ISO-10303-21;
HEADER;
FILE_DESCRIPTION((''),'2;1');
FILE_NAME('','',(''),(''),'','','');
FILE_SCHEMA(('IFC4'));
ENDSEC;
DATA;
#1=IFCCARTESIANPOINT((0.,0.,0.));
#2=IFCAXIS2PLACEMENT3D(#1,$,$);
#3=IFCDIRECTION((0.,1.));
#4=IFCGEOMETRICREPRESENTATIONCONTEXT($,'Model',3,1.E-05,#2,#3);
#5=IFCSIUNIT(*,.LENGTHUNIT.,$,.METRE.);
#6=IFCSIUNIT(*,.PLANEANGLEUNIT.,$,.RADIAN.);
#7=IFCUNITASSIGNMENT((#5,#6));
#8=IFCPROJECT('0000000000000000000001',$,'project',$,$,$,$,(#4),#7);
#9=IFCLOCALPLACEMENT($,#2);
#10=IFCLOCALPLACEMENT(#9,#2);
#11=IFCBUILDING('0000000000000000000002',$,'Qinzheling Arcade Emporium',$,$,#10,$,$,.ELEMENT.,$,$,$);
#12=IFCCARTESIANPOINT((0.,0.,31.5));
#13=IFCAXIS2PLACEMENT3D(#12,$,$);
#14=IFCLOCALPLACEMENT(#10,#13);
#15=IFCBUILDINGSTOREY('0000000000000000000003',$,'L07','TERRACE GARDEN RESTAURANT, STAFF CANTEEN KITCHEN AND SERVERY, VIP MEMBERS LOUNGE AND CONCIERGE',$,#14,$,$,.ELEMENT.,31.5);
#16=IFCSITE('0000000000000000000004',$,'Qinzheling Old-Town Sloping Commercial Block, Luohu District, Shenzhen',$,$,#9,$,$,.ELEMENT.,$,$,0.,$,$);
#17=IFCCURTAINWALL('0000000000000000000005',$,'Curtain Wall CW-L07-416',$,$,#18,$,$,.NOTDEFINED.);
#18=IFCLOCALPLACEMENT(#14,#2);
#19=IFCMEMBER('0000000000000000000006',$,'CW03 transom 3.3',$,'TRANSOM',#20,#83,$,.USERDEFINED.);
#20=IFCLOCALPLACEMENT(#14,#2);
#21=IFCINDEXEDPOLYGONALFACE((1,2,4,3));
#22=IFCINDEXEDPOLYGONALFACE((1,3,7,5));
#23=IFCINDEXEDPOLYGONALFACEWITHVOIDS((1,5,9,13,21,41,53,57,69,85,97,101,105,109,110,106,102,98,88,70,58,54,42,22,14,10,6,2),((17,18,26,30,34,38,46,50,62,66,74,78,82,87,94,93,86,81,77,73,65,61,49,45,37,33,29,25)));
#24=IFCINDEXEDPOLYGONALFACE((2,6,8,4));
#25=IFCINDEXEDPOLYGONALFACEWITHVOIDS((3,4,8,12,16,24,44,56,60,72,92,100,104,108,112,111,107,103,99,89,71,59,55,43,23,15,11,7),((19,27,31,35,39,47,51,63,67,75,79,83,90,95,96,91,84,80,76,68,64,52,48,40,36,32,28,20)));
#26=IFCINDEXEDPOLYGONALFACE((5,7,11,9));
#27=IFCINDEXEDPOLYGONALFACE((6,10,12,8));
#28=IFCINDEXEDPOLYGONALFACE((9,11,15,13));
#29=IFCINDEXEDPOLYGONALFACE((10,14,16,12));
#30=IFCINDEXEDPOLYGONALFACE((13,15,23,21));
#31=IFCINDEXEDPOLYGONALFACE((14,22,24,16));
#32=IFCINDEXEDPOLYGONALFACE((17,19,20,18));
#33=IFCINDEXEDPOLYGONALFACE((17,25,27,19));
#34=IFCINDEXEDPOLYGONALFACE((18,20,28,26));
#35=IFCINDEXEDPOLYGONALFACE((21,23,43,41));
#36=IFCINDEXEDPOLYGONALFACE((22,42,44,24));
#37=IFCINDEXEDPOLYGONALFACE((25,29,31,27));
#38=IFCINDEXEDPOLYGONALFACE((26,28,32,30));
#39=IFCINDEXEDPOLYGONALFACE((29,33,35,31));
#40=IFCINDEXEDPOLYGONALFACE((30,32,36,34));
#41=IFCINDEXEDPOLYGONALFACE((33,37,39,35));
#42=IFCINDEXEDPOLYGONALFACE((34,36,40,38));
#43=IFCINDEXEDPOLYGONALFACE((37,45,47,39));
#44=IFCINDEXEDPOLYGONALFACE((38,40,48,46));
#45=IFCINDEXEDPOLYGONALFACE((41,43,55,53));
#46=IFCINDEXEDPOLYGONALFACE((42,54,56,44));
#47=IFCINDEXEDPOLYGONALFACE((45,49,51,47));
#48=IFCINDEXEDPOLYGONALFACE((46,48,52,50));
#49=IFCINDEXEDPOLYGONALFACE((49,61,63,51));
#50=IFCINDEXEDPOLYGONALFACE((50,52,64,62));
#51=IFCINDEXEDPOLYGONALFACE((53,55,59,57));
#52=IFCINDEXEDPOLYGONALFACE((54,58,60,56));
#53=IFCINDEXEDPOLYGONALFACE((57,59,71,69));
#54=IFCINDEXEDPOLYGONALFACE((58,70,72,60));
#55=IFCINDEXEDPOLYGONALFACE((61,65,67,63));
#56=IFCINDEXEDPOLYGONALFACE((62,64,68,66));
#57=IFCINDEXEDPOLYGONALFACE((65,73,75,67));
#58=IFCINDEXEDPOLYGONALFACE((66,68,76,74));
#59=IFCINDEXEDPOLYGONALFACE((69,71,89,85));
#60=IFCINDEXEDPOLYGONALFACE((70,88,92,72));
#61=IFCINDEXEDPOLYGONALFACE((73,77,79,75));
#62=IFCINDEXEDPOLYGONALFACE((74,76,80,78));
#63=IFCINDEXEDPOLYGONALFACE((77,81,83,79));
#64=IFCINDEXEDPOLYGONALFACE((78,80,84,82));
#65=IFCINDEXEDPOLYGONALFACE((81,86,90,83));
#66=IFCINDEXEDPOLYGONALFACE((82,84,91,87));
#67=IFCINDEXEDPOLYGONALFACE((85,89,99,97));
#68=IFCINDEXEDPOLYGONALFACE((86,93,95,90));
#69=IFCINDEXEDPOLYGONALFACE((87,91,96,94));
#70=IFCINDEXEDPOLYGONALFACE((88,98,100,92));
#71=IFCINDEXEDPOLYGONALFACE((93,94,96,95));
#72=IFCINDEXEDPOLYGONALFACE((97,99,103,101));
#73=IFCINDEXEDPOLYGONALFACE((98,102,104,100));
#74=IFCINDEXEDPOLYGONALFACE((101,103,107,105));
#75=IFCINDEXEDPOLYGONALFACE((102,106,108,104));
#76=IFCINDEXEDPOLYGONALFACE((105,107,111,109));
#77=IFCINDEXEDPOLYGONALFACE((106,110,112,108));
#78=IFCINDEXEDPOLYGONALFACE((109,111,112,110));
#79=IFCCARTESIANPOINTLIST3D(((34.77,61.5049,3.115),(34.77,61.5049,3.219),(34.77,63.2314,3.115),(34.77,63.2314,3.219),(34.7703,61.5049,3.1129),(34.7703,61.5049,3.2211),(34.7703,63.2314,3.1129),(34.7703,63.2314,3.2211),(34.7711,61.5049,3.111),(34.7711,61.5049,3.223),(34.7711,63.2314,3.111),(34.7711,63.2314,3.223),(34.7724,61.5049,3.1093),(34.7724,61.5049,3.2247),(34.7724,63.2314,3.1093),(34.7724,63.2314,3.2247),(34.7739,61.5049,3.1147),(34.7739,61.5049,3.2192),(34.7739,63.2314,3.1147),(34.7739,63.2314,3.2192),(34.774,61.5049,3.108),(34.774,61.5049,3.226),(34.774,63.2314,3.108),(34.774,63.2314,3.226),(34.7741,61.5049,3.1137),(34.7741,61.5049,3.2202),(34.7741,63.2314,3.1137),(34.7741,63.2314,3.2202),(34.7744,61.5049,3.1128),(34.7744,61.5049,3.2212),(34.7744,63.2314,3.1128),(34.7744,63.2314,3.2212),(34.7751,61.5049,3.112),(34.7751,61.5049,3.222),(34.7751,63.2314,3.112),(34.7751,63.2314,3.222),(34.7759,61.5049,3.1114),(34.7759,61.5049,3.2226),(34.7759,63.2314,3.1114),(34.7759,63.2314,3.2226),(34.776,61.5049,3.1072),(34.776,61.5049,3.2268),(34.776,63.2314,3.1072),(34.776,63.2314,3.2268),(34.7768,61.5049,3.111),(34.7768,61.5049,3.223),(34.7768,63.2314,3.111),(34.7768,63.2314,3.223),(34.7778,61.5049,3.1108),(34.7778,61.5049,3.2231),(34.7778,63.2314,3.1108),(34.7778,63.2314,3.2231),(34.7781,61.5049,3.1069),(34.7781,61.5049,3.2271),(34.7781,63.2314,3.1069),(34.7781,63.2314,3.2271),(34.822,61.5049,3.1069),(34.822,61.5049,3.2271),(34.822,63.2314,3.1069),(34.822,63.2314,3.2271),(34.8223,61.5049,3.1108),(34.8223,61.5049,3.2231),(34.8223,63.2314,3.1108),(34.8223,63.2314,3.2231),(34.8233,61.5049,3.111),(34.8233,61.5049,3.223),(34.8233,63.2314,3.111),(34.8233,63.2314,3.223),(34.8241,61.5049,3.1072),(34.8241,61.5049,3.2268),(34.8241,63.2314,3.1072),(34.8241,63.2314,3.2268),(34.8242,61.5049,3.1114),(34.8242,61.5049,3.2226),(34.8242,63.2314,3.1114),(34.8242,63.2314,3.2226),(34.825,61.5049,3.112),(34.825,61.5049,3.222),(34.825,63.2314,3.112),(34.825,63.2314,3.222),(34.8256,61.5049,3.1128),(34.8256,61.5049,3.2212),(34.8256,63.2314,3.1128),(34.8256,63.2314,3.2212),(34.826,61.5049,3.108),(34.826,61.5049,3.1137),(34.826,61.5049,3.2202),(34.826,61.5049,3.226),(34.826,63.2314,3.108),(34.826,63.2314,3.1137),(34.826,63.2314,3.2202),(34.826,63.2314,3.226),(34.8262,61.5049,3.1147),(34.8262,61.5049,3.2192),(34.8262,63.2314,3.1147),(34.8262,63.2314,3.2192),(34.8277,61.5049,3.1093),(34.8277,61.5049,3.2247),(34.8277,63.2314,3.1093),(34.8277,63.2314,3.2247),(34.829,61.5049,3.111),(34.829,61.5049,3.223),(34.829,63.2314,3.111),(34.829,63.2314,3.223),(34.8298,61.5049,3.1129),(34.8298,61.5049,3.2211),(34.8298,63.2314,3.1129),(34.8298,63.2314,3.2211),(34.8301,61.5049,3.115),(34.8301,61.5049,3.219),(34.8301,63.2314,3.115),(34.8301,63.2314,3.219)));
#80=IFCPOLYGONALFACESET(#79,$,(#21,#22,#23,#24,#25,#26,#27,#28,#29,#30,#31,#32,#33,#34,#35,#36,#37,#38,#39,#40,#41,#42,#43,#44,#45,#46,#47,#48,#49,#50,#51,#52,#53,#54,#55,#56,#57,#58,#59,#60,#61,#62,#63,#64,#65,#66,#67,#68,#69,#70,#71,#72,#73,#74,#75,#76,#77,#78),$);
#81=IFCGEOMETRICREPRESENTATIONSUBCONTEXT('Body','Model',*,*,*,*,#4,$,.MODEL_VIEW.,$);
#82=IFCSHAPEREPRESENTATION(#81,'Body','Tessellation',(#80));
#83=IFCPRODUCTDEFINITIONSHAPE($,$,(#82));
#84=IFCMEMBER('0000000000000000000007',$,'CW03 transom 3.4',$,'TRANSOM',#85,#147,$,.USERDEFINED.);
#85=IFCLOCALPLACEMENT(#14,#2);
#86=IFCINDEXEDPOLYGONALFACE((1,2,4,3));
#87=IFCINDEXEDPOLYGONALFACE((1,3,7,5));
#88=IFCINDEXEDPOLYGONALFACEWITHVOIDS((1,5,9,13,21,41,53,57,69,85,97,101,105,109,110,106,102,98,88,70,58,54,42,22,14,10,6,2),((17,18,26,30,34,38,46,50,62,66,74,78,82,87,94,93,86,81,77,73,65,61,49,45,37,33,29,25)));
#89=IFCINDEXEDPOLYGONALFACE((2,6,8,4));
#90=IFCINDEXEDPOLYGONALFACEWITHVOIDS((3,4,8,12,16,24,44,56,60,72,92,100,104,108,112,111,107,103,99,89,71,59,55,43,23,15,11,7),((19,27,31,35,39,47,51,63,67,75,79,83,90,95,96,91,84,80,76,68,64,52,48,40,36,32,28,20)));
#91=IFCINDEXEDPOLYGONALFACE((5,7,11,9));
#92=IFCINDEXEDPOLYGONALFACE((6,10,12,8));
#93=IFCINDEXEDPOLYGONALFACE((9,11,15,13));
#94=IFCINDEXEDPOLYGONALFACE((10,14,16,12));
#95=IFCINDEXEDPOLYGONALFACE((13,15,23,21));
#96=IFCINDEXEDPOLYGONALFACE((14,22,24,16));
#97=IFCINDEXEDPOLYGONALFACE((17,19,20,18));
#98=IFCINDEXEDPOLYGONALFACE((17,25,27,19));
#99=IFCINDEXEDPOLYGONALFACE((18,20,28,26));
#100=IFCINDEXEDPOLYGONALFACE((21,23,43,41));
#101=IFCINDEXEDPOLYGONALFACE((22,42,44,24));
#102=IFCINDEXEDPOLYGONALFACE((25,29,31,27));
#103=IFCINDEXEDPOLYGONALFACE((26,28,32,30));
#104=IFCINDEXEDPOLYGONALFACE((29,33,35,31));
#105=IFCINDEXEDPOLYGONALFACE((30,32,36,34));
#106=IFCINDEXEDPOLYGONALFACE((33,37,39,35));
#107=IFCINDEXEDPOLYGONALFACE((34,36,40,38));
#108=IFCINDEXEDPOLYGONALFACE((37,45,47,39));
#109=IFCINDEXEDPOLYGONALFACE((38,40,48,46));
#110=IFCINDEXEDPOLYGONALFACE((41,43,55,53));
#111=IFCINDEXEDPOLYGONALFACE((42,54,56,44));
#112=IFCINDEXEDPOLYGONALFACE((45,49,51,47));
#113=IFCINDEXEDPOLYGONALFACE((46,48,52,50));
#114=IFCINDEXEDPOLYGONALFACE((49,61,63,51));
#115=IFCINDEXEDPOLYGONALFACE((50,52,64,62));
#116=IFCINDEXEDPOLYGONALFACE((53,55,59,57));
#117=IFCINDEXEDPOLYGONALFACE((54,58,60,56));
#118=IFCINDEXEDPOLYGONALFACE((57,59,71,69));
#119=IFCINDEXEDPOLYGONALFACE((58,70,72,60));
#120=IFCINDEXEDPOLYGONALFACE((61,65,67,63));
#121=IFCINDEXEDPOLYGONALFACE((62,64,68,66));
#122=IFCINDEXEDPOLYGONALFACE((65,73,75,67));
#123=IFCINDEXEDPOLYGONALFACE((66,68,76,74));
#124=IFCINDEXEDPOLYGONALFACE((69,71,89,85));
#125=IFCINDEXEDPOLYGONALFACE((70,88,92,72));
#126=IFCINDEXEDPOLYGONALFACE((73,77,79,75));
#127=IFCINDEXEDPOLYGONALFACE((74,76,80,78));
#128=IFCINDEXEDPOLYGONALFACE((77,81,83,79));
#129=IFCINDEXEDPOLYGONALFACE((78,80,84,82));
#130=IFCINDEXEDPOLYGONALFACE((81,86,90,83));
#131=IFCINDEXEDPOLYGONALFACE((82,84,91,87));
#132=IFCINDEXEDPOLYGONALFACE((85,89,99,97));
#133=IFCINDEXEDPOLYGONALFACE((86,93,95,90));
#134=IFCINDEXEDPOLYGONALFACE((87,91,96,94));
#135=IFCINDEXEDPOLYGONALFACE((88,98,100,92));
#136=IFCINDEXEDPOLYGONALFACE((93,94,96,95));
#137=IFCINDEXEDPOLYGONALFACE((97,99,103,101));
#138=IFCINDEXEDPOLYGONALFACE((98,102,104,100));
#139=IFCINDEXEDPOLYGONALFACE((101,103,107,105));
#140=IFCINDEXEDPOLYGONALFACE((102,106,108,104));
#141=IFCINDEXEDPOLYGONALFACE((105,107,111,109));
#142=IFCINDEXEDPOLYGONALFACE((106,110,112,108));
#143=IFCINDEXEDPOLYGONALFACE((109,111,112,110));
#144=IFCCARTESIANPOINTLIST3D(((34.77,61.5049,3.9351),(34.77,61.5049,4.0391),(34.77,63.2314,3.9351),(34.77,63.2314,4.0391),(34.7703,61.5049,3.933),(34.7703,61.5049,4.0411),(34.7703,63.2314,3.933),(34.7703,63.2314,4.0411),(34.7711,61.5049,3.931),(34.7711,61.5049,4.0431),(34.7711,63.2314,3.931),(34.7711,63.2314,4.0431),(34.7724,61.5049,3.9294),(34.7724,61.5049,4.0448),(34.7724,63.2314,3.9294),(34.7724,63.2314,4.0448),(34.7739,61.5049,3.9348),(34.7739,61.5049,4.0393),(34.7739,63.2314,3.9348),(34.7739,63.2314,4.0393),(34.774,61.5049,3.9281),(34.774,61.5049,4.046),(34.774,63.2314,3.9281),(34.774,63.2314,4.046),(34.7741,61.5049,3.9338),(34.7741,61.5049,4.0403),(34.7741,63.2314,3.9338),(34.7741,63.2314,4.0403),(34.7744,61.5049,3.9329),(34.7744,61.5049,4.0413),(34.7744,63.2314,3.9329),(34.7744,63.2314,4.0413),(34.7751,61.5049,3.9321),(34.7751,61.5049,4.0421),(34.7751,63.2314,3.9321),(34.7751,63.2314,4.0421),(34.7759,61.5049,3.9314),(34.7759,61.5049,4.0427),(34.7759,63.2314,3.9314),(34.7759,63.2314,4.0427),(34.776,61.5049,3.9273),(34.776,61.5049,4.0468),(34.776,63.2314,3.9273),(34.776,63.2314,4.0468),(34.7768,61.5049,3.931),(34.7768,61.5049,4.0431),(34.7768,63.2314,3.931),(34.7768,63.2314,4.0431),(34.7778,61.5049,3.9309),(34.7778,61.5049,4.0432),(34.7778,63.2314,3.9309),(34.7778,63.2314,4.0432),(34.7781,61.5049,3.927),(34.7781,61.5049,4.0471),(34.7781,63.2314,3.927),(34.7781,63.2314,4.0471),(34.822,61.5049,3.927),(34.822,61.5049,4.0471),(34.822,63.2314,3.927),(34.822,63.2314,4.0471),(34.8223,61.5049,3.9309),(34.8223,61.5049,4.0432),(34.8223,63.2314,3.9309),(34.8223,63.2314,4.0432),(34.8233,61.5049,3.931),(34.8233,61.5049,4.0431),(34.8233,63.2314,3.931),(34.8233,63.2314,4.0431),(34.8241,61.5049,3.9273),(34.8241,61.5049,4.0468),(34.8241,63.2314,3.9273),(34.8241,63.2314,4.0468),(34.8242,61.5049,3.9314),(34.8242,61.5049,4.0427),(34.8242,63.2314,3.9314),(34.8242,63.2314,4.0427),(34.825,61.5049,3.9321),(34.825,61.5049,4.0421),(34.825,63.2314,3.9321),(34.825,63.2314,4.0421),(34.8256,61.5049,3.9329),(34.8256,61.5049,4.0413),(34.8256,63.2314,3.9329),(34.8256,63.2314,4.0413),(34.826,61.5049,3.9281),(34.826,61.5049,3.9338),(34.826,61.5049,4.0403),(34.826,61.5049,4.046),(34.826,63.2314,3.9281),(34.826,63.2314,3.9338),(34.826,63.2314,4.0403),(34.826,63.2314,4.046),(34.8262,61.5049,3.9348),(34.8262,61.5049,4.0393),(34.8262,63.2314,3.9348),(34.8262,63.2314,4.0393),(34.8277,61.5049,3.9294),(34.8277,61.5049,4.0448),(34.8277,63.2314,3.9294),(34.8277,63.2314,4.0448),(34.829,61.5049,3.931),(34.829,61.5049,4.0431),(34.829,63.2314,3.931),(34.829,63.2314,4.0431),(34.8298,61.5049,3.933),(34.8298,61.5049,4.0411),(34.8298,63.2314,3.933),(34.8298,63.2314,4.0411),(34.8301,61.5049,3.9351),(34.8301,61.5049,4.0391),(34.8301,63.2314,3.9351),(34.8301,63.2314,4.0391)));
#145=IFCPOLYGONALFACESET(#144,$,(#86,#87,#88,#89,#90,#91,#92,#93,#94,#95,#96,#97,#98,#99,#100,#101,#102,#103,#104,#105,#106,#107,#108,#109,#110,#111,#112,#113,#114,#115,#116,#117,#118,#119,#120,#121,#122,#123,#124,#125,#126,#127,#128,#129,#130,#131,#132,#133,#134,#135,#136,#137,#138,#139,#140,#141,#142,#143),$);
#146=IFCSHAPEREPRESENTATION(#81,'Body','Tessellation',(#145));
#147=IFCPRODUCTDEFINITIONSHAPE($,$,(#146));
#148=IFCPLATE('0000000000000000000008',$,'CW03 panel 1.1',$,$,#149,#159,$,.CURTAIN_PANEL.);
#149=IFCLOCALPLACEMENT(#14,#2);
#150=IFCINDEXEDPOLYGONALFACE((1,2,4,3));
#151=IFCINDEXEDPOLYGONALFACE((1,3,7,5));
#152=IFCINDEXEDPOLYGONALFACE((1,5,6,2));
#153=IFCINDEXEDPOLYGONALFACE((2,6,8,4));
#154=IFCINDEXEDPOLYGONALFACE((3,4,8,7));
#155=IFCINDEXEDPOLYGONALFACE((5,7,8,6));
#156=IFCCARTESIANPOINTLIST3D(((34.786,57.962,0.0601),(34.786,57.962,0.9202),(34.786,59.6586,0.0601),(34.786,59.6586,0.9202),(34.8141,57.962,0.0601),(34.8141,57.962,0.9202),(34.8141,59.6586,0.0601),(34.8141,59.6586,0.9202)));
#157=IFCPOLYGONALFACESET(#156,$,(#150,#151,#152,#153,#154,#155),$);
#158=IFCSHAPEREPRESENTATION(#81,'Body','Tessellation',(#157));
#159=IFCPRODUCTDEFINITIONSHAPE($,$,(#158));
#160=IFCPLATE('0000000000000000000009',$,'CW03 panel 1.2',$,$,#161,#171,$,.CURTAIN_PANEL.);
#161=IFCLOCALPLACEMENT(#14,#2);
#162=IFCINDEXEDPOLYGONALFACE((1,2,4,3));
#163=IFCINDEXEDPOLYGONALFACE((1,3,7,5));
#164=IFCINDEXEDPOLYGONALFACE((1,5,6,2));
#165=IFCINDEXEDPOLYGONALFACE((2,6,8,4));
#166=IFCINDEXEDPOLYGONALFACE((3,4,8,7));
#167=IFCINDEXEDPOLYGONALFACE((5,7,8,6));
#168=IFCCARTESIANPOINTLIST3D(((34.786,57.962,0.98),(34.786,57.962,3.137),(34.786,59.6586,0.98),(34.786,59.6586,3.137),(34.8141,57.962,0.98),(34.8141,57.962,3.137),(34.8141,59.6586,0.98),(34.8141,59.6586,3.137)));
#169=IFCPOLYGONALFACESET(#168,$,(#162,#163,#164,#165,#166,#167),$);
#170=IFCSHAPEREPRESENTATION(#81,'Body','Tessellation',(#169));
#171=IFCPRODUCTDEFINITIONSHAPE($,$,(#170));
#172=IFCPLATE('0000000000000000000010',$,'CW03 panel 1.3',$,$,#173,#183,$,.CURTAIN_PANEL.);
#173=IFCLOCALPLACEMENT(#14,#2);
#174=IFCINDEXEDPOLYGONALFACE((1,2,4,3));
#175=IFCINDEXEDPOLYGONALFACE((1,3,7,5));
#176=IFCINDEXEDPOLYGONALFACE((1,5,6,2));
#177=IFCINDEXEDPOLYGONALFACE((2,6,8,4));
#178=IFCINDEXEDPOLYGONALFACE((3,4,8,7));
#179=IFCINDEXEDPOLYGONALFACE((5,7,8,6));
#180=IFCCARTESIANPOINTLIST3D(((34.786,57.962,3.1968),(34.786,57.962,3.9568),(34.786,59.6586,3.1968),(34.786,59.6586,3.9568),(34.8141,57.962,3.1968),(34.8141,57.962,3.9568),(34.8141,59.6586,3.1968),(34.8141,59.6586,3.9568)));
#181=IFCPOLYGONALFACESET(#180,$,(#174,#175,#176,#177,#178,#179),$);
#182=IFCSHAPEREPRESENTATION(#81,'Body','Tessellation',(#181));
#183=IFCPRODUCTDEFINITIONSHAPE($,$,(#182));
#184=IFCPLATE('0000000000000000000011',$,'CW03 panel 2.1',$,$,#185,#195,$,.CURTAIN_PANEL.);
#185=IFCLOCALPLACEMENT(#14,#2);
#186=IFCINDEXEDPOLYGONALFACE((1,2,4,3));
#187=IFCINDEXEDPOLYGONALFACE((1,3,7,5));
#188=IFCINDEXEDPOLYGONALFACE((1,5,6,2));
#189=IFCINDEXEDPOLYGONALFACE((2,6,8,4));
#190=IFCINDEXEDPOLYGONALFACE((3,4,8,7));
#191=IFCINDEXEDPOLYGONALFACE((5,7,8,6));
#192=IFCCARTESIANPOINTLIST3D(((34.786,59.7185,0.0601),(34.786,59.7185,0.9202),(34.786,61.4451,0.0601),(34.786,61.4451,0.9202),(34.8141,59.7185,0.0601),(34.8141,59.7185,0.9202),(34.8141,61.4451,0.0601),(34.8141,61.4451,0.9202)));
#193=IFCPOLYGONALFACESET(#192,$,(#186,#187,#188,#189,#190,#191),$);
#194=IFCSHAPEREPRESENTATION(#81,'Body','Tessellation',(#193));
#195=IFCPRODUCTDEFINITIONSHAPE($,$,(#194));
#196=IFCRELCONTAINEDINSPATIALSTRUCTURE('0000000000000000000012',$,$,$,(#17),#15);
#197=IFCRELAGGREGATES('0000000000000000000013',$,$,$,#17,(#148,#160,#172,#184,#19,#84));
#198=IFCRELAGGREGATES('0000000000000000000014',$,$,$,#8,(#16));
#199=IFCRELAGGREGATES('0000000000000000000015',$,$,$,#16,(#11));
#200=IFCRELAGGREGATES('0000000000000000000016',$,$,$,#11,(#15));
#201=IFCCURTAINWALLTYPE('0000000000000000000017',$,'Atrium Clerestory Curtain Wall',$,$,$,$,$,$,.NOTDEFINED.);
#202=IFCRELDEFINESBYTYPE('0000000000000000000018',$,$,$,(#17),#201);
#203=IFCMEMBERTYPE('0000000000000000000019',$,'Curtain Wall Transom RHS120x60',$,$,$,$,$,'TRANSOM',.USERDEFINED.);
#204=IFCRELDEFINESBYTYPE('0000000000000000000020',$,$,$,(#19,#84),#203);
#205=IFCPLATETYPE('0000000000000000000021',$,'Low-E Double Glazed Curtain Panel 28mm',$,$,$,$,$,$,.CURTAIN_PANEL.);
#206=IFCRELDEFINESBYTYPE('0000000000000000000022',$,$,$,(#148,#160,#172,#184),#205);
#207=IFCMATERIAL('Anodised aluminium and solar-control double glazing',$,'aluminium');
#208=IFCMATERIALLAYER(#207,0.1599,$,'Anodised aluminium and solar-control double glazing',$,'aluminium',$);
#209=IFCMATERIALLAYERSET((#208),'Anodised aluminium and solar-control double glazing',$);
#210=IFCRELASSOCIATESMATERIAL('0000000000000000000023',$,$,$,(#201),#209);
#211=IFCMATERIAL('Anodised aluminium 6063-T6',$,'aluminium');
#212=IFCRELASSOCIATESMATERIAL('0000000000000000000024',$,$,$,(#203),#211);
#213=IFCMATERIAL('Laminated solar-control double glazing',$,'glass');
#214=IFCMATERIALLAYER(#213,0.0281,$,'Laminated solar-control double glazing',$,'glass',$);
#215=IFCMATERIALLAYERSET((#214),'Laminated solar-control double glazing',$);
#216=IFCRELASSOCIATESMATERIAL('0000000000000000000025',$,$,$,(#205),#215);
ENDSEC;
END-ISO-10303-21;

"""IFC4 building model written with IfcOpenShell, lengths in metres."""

from ifc_helpers import new_model, si_unit, direction, frame, origin, origin_2d, place, context, subcontext, project, spatial, rectangle, hollow_rectangle, extrude, material, layer, layer_set, material_profile, profile_set, type_object, element, aggregate, save


model = new_model("IFC4")

# Units and contexts
model_context = context("Model", 3, precision=1e-05, world=origin(), true_north=direction((0.0, 1.0)))
body_context = subcontext(model_context, "Body", "Model", "MODEL_VIEW")
ifc_project = project(units=[si_unit("LENGTHUNIT", "METRE"), si_unit("PLANEANGLEUNIT", "RADIAN")], contexts=[model_context])

# Site, building, storey
site_placement = place(None, origin())
site = spatial("IfcSite", under=ifc_project, at=site_placement, Name="Qinzheling Old-Town Sloping Commercial Block, Luohu District, Shenzhen", CompositionType="ELEMENT", RefElevation=0.0)
building_placement = place(site_placement, origin())
building = spatial("IfcBuilding", under=site, at=building_placement, Name="Qinzheling Arcade Emporium", CompositionType="ELEMENT")
storey_placement = place(building_placement, frame((0.0, 0.0, 31.5)))
storey = spatial("IfcBuildingStorey", under=building, at=storey_placement, Name="L07", Description="TERRACE GARDEN RESTAURANT, STAFF CANTEEN KITCHEN AND SERVERY, VIP MEMBERS LOUNGE AND CONCIERGE", CompositionType="ELEMENT", Elevation=31.5)

# Shared definitions
ifc_material_1 = material(Name="Anodised aluminium and solar-control double glazing", Category="aluminium")
ifc_layer_1 = layer(ifc_material_1, 0.1599, Name="Anodised aluminium and solar-control double glazing", Category="aluminium")
ifc_layer_set_1 = layer_set([ifc_layer_1], Name="Anodised aluminium and solar-control double glazing")
curtain_wall_type = type_object("IfcCurtainWallType", Name="Atrium Clerestory Curtain Wall", PredefinedType="NOTDEFINED", material=ifc_layer_set_1)
ifc_material_2 = material(Name="Anodised aluminium 6063-T6", Category="aluminium")

# Curtain wall, members, plates
curtain_wall_1_placement = place(storey_placement, origin())
curtain_wall_1 = element("IfcCurtainWall", 1, at=curtain_wall_1_placement, inside=storey, type_object=curtain_wall_type, Name="Curtain Wall CW-L07-416", PredefinedType="NOTDEFINED")
ifc_material_profile_1 = material_profile(ifc_material_2, hollow_rectangle(XDim=0.0601, YDim=0.1201, WallThickness=0.0039, InnerFilletRadius=0.0039, OuterFilletRadius=0.0081, at=origin_2d()), Name="RHS 120x60x4", Category="aluminium")
ifc_profile_set_1 = profile_set([ifc_material_profile_1], Name="Anodised aluminium 6063-T6")
member_type_1 = type_object("IfcMemberType", Name="Curtain Wall Transom RHS120x60", ElementType="TRANSOM", PredefinedType="USERDEFINED", material=ifc_profile_set_1)
member_1_placement = place(storey_placement, frame((34.8, 61.5049, 3.167), z_axis=(0.0, 1.0, 0.0), x_axis=(-1.0, 0.0, 0.0)))
member_1 = element("IfcMember", 2, at=member_1_placement, type_object=member_type_1, Name="CW03 transom 3.3", ObjectType="TRANSOM", PredefinedType="USERDEFINED", context=body_context, shape_type="SweptSolid", body=[
    extrude(hollow_rectangle(XDim=0.0601, YDim=0.1201, WallThickness=0.0039, InnerFilletRadius=0.0039, OuterFilletRadius=0.0081, at=origin_2d()), origin(), (0.0, 0.0, 1.0), 1.7266),
])
member_2_placement = place(storey_placement, frame((34.8, 61.5049, 3.9871), z_axis=(0.0, 1.0, 0.0), x_axis=(-1.0, 0.0, 0.0)))
member_2 = element("IfcMember", 3, at=member_2_placement, type_object=member_type_1, Name="CW03 transom 3.4", ObjectType="TRANSOM", PredefinedType="USERDEFINED", context=body_context, shape_type="SweptSolid", body=[
    extrude(hollow_rectangle(XDim=0.0601, YDim=0.1201, WallThickness=0.0039, InnerFilletRadius=0.0039, OuterFilletRadius=0.0081, at=origin_2d()), origin(), (0.0, 0.0, 1.0), 1.7266),
])
ifc_material_3 = material(Name="Laminated solar-control double glazing", Category="glass")
ifc_layer_2 = layer(ifc_material_3, 0.0281, Name="Laminated solar-control double glazing", Category="glass")
ifc_layer_set_2 = layer_set([ifc_layer_2], Name="Laminated solar-control double glazing")
plate_type = type_object("IfcPlateType", Name="Low-E Double Glazed Curtain Panel 28mm", PredefinedType="CURTAIN_PANEL", material=ifc_layer_set_2)
plate_1_placement = place(storey_placement, frame((34.8, 58.8103, 0.0601), z_axis=(0.0, 0.0, 1.0), x_axis=(0.0, 1.0, 0.0)))
plate_1 = element("IfcPlate", 4, at=plate_1_placement, type_object=plate_type, Name="CW03 panel 1.1", PredefinedType="CURTAIN_PANEL", context=body_context, shape_type="SweptSolid", body=[
    extrude(rectangle(XDim=1.6965, YDim=0.0281, at=origin_2d()), origin(), (0.0, 0.0, 1.0), 0.8601),
])
plate_2_placement = place(storey_placement, frame((34.8, 58.8103, 0.98), z_axis=(0.0, 0.0, 1.0), x_axis=(0.0, 1.0, 0.0)))
plate_2 = element("IfcPlate", 5, at=plate_2_placement, type_object=plate_type, Name="CW03 panel 1.2", PredefinedType="CURTAIN_PANEL", context=body_context, shape_type="SweptSolid", body=[
    extrude(rectangle(XDim=1.6965, YDim=0.0281, at=origin_2d()), origin(), (0.0, 0.0, 1.0), 2.157),
])
plate_3_placement = place(storey_placement, frame((34.8, 58.8103, 3.1968), z_axis=(0.0, 0.0, 1.0), x_axis=(0.0, 1.0, 0.0)))
plate_3 = element("IfcPlate", 6, at=plate_3_placement, type_object=plate_type, Name="CW03 panel 1.3", PredefinedType="CURTAIN_PANEL", context=body_context, shape_type="SweptSolid", body=[
    extrude(rectangle(XDim=1.6965, YDim=0.0281, at=origin_2d()), origin(), (0.0, 0.0, 1.0), 0.76),
])
plate_4_placement = place(storey_placement, frame((34.8, 60.5818, 0.0601), z_axis=(0.0, 0.0, 1.0), x_axis=(0.0, 1.0, 0.0)))
plate_4 = element("IfcPlate", 7, at=plate_4_placement, type_object=plate_type, Name="CW03 panel 2.1", PredefinedType="CURTAIN_PANEL", context=body_context, shape_type="SweptSolid", body=[
    extrude(rectangle(XDim=1.7266, YDim=0.0281, at=origin_2d()), origin(), (0.0, 0.0, 1.0), 0.8601),
])
aggregate(curtain_wall_1, [plate_1, plate_2, plate_3, plate_4, member_1, member_2])

save(model, "model.ifc")
